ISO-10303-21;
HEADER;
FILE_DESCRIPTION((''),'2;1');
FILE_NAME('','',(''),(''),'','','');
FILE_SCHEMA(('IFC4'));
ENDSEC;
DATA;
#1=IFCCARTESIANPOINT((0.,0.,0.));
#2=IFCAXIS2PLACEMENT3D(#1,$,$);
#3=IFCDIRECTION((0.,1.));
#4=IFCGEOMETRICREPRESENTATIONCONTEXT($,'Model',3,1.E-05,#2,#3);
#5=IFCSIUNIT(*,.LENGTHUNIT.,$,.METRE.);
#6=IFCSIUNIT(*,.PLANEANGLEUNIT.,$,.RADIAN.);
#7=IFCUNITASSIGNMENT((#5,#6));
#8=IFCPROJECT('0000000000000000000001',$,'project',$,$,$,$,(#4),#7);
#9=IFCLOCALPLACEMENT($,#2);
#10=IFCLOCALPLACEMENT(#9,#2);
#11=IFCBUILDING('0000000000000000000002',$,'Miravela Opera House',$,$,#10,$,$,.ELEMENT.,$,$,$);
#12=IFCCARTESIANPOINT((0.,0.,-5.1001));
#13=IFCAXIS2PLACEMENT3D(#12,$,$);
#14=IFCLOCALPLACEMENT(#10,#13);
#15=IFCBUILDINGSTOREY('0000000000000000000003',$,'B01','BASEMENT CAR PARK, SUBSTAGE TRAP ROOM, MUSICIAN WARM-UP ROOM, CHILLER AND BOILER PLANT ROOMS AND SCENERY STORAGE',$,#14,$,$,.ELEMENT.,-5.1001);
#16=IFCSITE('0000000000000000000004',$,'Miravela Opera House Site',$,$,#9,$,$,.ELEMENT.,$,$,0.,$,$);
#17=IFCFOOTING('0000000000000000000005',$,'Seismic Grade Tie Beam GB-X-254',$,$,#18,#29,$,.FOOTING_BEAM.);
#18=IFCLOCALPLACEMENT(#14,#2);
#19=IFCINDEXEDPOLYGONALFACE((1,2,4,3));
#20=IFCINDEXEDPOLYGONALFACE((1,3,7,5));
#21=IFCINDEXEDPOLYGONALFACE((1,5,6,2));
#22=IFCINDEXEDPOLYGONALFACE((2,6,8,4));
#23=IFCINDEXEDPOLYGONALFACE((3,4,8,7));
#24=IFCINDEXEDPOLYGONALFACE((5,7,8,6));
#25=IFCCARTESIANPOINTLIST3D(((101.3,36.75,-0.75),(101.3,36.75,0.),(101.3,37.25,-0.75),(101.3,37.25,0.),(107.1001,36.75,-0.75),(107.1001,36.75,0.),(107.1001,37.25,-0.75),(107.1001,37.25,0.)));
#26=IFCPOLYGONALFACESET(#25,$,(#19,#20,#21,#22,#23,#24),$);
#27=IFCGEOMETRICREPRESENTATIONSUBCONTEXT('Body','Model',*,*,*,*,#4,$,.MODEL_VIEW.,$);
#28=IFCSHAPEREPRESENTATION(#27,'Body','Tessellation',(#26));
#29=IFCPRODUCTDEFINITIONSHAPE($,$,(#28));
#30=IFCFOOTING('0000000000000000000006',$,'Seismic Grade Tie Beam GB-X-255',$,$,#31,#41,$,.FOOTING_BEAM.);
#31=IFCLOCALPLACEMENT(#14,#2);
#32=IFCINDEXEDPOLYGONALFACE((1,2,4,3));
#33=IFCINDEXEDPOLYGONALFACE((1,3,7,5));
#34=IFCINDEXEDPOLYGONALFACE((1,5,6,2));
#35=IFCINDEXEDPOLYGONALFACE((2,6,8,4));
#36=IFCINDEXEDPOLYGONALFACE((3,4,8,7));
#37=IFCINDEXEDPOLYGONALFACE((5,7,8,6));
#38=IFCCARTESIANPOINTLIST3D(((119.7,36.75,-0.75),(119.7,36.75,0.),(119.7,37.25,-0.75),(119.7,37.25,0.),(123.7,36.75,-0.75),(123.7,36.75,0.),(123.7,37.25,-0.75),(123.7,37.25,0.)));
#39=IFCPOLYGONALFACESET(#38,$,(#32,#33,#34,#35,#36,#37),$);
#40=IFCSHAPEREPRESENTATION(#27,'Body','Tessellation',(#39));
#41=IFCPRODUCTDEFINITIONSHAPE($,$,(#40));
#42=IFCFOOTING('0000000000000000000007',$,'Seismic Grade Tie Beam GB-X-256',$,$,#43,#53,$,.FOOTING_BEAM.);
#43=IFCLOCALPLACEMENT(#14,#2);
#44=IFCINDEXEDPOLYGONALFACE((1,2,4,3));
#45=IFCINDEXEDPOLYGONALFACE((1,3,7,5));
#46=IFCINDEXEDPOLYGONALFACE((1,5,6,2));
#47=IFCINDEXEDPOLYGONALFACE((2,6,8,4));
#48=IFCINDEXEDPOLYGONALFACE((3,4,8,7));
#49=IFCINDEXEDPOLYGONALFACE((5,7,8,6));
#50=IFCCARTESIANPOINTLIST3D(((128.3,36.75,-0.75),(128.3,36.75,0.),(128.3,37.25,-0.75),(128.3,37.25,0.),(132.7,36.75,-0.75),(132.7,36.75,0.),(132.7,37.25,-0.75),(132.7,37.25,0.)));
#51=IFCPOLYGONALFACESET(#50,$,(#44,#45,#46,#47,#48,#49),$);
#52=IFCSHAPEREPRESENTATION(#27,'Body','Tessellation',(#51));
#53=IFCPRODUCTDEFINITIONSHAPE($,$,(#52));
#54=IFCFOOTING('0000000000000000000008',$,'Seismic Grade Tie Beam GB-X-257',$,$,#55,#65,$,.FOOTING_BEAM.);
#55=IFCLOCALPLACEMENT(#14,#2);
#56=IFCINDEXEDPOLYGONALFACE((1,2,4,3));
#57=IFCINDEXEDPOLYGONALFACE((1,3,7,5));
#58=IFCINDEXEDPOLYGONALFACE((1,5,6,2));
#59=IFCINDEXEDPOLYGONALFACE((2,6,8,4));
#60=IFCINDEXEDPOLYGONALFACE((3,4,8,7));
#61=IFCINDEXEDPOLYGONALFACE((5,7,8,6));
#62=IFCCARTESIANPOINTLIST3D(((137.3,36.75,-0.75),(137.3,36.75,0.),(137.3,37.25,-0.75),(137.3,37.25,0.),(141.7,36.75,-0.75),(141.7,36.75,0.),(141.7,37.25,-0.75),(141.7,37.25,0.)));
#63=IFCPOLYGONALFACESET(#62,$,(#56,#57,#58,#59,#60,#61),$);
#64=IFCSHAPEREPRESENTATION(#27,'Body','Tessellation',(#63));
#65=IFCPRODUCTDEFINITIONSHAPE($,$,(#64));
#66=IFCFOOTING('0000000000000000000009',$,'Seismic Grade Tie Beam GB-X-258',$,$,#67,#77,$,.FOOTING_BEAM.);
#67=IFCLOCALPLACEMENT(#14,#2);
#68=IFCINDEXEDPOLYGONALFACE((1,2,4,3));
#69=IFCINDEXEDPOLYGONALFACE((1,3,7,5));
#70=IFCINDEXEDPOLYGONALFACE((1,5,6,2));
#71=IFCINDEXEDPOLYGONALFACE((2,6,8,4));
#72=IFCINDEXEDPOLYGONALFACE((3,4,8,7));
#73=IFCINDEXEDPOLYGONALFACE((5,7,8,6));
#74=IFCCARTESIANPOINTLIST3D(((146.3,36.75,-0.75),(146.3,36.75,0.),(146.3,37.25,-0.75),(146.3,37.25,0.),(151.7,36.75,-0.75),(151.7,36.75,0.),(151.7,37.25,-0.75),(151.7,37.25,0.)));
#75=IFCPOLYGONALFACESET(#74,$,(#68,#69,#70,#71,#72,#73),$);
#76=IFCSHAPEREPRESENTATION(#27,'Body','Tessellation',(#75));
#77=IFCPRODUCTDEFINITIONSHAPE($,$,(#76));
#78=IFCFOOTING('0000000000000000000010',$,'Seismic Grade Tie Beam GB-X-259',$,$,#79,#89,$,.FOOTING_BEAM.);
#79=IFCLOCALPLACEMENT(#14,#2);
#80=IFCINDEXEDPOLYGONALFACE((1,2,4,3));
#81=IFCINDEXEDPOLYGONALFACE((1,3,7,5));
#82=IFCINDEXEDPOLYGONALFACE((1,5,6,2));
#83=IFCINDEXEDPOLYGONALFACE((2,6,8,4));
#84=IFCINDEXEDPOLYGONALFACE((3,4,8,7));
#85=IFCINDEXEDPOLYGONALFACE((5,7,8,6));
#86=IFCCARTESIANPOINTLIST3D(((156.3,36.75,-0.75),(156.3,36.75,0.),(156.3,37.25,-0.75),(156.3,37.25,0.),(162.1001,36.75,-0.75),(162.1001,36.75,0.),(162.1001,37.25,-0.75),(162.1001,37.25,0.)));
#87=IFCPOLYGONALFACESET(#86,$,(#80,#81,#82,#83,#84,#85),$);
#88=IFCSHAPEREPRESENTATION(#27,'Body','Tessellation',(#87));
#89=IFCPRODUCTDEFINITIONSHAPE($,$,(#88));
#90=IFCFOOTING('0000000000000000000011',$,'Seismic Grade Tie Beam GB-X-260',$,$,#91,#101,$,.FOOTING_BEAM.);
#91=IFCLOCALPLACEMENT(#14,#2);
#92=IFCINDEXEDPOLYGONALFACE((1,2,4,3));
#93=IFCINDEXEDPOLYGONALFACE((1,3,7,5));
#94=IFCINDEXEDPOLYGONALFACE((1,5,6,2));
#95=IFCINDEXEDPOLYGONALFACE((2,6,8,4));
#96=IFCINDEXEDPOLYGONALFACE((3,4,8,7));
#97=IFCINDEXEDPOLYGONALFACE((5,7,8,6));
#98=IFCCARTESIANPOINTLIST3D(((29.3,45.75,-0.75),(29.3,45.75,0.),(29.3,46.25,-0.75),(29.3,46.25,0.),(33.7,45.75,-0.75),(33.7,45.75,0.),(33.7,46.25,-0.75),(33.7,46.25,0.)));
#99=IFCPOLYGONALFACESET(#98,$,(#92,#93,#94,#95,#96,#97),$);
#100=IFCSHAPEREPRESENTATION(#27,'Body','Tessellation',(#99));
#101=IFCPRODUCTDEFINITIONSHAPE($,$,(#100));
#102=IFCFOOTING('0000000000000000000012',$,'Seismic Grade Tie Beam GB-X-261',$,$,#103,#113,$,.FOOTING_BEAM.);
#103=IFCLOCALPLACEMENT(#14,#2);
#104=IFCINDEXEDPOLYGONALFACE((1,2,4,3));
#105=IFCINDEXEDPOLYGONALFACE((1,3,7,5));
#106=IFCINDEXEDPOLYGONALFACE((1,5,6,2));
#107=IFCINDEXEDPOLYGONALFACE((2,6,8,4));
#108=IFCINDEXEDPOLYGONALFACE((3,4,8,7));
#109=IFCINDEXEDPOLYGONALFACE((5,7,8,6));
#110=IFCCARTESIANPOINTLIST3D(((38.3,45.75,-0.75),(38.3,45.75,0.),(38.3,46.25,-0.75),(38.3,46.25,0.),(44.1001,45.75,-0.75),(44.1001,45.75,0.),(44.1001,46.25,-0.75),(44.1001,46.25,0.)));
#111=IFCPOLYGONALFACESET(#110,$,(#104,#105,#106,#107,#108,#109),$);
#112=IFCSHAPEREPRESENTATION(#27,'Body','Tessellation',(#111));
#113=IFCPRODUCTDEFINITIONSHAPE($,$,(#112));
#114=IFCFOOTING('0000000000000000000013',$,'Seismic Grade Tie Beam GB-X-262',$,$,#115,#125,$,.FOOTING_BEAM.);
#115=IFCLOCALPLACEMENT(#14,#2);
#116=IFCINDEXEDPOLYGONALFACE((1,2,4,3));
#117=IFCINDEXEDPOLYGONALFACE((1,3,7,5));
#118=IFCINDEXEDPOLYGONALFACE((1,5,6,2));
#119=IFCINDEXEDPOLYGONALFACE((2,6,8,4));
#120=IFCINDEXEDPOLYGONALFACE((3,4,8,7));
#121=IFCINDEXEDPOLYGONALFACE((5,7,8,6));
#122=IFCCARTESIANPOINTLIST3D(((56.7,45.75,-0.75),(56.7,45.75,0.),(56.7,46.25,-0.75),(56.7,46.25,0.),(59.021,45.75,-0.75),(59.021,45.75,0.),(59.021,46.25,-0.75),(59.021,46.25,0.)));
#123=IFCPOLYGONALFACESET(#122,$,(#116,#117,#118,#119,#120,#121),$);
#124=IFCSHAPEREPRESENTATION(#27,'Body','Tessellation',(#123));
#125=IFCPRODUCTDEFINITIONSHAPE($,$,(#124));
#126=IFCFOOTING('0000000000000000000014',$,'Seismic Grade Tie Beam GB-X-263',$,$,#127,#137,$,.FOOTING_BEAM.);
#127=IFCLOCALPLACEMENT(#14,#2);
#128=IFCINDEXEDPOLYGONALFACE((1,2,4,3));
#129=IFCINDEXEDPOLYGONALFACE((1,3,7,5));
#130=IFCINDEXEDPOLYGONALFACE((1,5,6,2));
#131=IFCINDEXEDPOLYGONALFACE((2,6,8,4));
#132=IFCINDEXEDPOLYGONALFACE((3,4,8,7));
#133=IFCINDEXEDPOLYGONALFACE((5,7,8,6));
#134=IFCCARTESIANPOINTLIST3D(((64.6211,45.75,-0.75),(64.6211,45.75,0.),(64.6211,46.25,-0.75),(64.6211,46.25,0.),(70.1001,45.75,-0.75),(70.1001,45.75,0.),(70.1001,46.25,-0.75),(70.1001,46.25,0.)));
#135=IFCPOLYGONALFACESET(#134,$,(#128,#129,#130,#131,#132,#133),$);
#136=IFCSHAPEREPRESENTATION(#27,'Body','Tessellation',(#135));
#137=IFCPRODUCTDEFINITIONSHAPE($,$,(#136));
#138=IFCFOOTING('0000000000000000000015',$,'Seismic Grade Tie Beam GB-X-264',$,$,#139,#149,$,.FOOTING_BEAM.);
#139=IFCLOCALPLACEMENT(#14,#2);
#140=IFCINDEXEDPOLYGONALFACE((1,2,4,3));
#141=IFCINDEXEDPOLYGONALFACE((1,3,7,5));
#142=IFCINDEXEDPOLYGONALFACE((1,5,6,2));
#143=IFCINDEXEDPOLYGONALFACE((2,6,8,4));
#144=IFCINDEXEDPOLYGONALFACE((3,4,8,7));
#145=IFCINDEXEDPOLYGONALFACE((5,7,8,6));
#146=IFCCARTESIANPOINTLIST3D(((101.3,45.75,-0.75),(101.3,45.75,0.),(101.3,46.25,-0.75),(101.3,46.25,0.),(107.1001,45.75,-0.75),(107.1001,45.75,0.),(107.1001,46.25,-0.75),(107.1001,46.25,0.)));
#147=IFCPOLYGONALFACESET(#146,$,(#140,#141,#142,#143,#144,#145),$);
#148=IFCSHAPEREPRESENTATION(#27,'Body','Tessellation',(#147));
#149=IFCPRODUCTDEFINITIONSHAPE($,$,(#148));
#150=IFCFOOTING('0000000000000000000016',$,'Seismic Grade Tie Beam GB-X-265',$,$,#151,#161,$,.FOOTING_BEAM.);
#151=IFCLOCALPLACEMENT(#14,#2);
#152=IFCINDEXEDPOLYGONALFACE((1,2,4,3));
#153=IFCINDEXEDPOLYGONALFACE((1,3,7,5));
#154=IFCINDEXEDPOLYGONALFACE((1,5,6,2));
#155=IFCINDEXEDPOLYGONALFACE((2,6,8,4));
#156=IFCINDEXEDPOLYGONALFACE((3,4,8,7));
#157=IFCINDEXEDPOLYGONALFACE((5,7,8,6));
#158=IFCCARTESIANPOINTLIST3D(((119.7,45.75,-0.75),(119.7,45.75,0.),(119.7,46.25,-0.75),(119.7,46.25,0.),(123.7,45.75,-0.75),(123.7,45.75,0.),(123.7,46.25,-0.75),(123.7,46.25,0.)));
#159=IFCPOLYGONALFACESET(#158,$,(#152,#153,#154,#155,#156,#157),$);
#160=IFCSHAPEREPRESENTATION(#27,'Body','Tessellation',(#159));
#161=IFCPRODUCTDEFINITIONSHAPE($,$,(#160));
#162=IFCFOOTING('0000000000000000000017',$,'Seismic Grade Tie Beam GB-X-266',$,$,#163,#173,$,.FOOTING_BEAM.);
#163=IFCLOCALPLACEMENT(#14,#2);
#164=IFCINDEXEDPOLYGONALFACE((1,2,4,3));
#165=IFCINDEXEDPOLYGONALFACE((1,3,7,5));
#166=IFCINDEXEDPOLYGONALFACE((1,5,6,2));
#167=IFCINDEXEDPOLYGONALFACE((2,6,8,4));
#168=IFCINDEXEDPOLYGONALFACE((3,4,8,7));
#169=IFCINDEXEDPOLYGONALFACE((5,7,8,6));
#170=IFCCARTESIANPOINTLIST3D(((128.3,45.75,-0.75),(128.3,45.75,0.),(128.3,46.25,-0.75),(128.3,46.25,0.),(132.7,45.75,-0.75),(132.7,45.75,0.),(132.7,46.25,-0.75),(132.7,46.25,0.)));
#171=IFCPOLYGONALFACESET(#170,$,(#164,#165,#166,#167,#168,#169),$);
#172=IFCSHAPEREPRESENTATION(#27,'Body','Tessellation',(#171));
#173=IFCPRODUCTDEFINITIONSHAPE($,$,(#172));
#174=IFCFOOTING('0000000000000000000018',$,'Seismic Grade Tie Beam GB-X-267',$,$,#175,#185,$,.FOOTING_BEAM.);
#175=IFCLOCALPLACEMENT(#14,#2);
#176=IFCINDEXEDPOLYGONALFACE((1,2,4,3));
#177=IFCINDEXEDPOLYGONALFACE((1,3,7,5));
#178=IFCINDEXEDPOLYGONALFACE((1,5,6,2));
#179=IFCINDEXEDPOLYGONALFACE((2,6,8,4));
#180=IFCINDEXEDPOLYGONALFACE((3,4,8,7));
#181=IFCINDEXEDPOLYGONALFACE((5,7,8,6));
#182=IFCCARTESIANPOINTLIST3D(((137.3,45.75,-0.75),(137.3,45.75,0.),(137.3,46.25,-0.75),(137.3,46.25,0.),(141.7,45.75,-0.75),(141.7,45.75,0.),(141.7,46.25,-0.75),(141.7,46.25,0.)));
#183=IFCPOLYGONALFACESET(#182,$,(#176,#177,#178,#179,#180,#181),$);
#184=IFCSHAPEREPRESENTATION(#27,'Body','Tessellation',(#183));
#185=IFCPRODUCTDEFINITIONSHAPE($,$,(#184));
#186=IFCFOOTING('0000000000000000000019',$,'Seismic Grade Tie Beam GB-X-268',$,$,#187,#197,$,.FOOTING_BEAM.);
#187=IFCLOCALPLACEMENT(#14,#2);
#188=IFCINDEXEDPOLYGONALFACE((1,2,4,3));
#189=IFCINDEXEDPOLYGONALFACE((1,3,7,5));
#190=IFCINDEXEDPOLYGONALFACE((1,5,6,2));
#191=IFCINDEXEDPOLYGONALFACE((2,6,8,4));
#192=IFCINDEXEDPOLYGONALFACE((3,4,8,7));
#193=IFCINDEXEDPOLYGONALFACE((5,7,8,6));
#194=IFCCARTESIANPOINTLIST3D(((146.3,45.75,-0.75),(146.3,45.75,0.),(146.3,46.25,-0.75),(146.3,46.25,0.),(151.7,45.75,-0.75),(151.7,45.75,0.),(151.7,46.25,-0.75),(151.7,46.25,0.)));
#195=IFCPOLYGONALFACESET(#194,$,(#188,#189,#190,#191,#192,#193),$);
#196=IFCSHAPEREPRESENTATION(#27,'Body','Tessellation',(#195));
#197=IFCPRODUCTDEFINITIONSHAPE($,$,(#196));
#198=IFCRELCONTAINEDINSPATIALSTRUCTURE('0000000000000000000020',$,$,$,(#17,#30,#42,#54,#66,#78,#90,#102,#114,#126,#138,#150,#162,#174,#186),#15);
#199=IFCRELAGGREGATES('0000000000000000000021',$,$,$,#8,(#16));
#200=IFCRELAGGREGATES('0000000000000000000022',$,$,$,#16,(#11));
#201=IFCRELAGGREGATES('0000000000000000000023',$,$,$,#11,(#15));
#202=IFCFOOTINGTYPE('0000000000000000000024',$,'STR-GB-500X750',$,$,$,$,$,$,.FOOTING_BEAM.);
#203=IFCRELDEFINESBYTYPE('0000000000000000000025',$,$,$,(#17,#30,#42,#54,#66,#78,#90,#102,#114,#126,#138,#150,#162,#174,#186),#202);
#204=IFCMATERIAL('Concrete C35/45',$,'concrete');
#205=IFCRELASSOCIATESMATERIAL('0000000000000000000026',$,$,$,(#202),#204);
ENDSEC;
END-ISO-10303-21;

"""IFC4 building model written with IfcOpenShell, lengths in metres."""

from ifc_helpers import new_model, si_unit, direction, frame, origin, place, context, subcontext, project, spatial, polyline, outline, extrude, material, type_object, element, save


model = new_model("IFC4")

# Units and contexts
model_context = context("Model", 3, precision=1e-05, world=origin(), true_north=direction((0.0, 1.0)))
body_context = subcontext(model_context, "Body", "Model", "MODEL_VIEW")
ifc_project = project(units=[si_unit("LENGTHUNIT", "METRE"), si_unit("PLANEANGLEUNIT", "RADIAN")], contexts=[model_context])

# Site, building, storey
site_placement = place(None, origin())
site = spatial("IfcSite", under=ifc_project, at=site_placement, Name="Miravela Opera House Site", CompositionType="ELEMENT", RefElevation=0.0)
building_placement = place(site_placement, origin())
building = spatial("IfcBuilding", under=site, at=building_placement, Name="Miravela Opera House", CompositionType="ELEMENT")
storey_placement = place(building_placement, frame((0.0, 0.0, -5.1001)))
storey = spatial("IfcBuildingStorey", under=building, at=storey_placement, Name="B01", Description="BASEMENT CAR PARK, SUBSTAGE TRAP ROOM, MUSICIAN WARM-UP ROOM, CHILLER AND BOILER PLANT ROOMS AND SCENERY STORAGE", CompositionType="ELEMENT", Elevation=-5.1001)

# Footings
ifc_material = material(Name="Concrete C35/45", Category="concrete")
footing_type = type_object("IfcFootingType", Name="STR-GB-500X750", PredefinedType="FOOTING_BEAM", material=ifc_material)
footing_1_placement = place(storey_placement, frame((0.0, 0.0, -0.75)))
element("IfcFooting", 1, at=footing_1_placement, inside=storey, type_object=footing_type, Name="Seismic Grade Tie Beam GB-X-254", PredefinedType="FOOTING_BEAM", context=body_context, shape_type="SweptSolid", body=[
    extrude(outline(polyline([(101.3, 36.75), (107.1001, 36.75), (107.1001, 37.25), (101.3, 37.25), (101.3, 36.75)])), origin(), (0.0, 0.0, 1.0), 0.75),
])
footing_2_placement = place(storey_placement, frame((0.0, 0.0, -0.75)))
element("IfcFooting", 2, at=footing_2_placement, inside=storey, type_object=footing_type, Name="Seismic Grade Tie Beam GB-X-255", PredefinedType="FOOTING_BEAM", context=body_context, shape_type="SweptSolid", body=[
    extrude(outline(polyline([(119.7, 36.75), (123.7, 36.75), (123.7, 37.25), (119.7, 37.25), (119.7, 36.75)])), origin(), (0.0, 0.0, 1.0), 0.75),
])
footing_3_placement = place(storey_placement, frame((0.0, 0.0, -0.75)))
element("IfcFooting", 3, at=footing_3_placement, inside=storey, type_object=footing_type, Name="Seismic Grade Tie Beam GB-X-256", PredefinedType="FOOTING_BEAM", context=body_context, shape_type="SweptSolid", body=[
    extrude(outline(polyline([(128.3, 36.75), (132.7, 36.75), (132.7, 37.25), (128.3, 37.25), (128.3, 36.75)])), origin(), (0.0, 0.0, 1.0), 0.75),
])
footing_4_placement = place(storey_placement, frame((0.0, 0.0, -0.75)))
element("IfcFooting", 4, at=footing_4_placement, inside=storey, type_object=footing_type, Name="Seismic Grade Tie Beam GB-X-257", PredefinedType="FOOTING_BEAM", context=body_context, shape_type="SweptSolid", body=[
    extrude(outline(polyline([(137.3, 36.75), (141.7, 36.75), (141.7, 37.25), (137.3, 37.25), (137.3, 36.75)])), origin(), (0.0, 0.0, 1.0), 0.75),
])
footing_5_placement = place(storey_placement, frame((0.0, 0.0, -0.75)))
element("IfcFooting", 5, at=footing_5_placement, inside=storey, type_object=footing_type, Name="Seismic Grade Tie Beam GB-X-258", PredefinedType="FOOTING_BEAM", context=body_context, shape_type="SweptSolid", body=[
    extrude(outline(polyline([(146.3, 36.75), (151.7, 36.75), (151.7, 37.25), (146.3, 37.25), (146.3, 36.75)])), origin(), (0.0, 0.0, 1.0), 0.75),
])
footing_6_placement = place(storey_placement, frame((0.0, 0.0, -0.75)))
element("IfcFooting", 6, at=footing_6_placement, inside=storey, type_object=footing_type, Name="Seismic Grade Tie Beam GB-X-259", PredefinedType="FOOTING_BEAM", context=body_context, shape_type="SweptSolid", body=[
    extrude(outline(polyline([(156.3, 36.75), (162.1001, 36.75), (162.1001, 37.25), (156.3, 37.25), (156.3, 36.75)])), origin(), (0.0, 0.0, 1.0), 0.75),
])
footing_7_placement = place(storey_placement, frame((0.0, 0.0, -0.75)))
element("IfcFooting", 7, at=footing_7_placement, inside=storey, type_object=footing_type, Name="Seismic Grade Tie Beam GB-X-260", PredefinedType="FOOTING_BEAM", context=body_context, shape_type="SweptSolid", body=[
    extrude(outline(polyline([(29.3, 45.75), (33.7, 45.75), (33.7, 46.25), (29.3, 46.25), (29.3, 45.75)])), origin(), (0.0, 0.0, 1.0), 0.75),
])
footing_8_placement = place(storey_placement, frame((0.0, 0.0, -0.75)))
element("IfcFooting", 8, at=footing_8_placement, inside=storey, type_object=footing_type, Name="Seismic Grade Tie Beam GB-X-261", PredefinedType="FOOTING_BEAM", context=body_context, shape_type="SweptSolid", body=[
    extrude(outline(polyline([(38.3, 45.75), (44.1001, 45.75), (44.1001, 46.25), (38.3, 46.25), (38.3, 45.75)])), origin(), (0.0, 0.0, 1.0), 0.75),
])
footing_9_placement = place(storey_placement, frame((0.0, 0.0, -0.75)))
element("IfcFooting", 9, at=footing_9_placement, inside=storey, type_object=footing_type, Name="Seismic Grade Tie Beam GB-X-262", PredefinedType="FOOTING_BEAM", context=body_context, shape_type="SweptSolid", body=[
    extrude(outline(polyline([(56.7, 45.75), (59.021, 45.75), (59.021, 46.25), (56.7, 46.25), (56.7, 45.75)])), origin(), (0.0, 0.0, 1.0), 0.75),
])
footing_10_placement = place(storey_placement, frame((0.0, 0.0, -0.75)))
element("IfcFooting", 10, at=footing_10_placement, inside=storey, type_object=footing_type, Name="Seismic Grade Tie Beam GB-X-263", PredefinedType="FOOTING_BEAM", context=body_context, shape_type="SweptSolid", body=[
    extrude(outline(polyline([(64.6211, 45.75), (70.1001, 45.75), (70.1001, 46.25), (64.6211, 46.25), (64.6211, 45.75)])), origin(), (0.0, 0.0, 1.0), 0.75),
])
footing_11_placement = place(storey_placement, frame((0.0, 0.0, -0.75)))
element("IfcFooting", 11, at=footing_11_placement, inside=storey, type_object=footing_type, Name="Seismic Grade Tie Beam GB-X-264", PredefinedType="FOOTING_BEAM", context=body_context, shape_type="SweptSolid", body=[
    extrude(outline(polyline([(101.3, 45.75), (107.1001, 45.75), (107.1001, 46.25), (101.3, 46.25), (101.3, 45.75)])), origin(), (0.0, 0.0, 1.0), 0.75),
])
footing_12_placement = place(storey_placement, frame((0.0, 0.0, -0.75)))
element("IfcFooting", 12, at=footing_12_placement, inside=storey, type_object=footing_type, Name="Seismic Grade Tie Beam GB-X-265", PredefinedType="FOOTING_BEAM", context=body_context, shape_type="SweptSolid", body=[
    extrude(outline(polyline([(119.7, 45.75), (123.7, 45.75), (123.7, 46.25), (119.7, 46.25), (119.7, 45.75)])), origin(), (0.0, 0.0, 1.0), 0.75),
])
footing_13_placement = place(storey_placement, frame((0.0, 0.0, -0.75)))
element("IfcFooting", 13, at=footing_13_placement, inside=storey, type_object=footing_type, Name="Seismic Grade Tie Beam GB-X-266", PredefinedType="FOOTING_BEAM", context=body_context, shape_type="SweptSolid", body=[
    extrude(outline(polyline([(128.3, 45.75), (132.7, 45.75), (132.7, 46.25), (128.3, 46.25), (128.3, 45.75)])), origin(), (0.0, 0.0, 1.0), 0.75),
])
footing_14_placement = place(storey_placement, frame((0.0, 0.0, -0.75)))
element("IfcFooting", 14, at=footing_14_placement, inside=storey, type_object=footing_type, Name="Seismic Grade Tie Beam GB-X-267", PredefinedType="FOOTING_BEAM", context=body_context, shape_type="SweptSolid", body=[
    extrude(outline(polyline([(137.3, 45.75), (141.7, 45.75), (141.7, 46.25), (137.3, 46.25), (137.3, 45.75)])), origin(), (0.0, 0.0, 1.0), 0.75),
])
footing_15_placement = place(storey_placement, frame((0.0, 0.0, -0.75)))
element("IfcFooting", 15, at=footing_15_placement, inside=storey, type_object=footing_type, Name="Seismic Grade Tie Beam GB-X-268", PredefinedType="FOOTING_BEAM", context=body_context, shape_type="SweptSolid", body=[
    extrude(outline(polyline([(146.3, 45.75), (151.7, 45.75), (151.7, 46.25), (146.3, 46.25), (146.3, 45.75)])), origin(), (0.0, 0.0, 1.0), 0.75),
])

save(model, "model.ifc")
